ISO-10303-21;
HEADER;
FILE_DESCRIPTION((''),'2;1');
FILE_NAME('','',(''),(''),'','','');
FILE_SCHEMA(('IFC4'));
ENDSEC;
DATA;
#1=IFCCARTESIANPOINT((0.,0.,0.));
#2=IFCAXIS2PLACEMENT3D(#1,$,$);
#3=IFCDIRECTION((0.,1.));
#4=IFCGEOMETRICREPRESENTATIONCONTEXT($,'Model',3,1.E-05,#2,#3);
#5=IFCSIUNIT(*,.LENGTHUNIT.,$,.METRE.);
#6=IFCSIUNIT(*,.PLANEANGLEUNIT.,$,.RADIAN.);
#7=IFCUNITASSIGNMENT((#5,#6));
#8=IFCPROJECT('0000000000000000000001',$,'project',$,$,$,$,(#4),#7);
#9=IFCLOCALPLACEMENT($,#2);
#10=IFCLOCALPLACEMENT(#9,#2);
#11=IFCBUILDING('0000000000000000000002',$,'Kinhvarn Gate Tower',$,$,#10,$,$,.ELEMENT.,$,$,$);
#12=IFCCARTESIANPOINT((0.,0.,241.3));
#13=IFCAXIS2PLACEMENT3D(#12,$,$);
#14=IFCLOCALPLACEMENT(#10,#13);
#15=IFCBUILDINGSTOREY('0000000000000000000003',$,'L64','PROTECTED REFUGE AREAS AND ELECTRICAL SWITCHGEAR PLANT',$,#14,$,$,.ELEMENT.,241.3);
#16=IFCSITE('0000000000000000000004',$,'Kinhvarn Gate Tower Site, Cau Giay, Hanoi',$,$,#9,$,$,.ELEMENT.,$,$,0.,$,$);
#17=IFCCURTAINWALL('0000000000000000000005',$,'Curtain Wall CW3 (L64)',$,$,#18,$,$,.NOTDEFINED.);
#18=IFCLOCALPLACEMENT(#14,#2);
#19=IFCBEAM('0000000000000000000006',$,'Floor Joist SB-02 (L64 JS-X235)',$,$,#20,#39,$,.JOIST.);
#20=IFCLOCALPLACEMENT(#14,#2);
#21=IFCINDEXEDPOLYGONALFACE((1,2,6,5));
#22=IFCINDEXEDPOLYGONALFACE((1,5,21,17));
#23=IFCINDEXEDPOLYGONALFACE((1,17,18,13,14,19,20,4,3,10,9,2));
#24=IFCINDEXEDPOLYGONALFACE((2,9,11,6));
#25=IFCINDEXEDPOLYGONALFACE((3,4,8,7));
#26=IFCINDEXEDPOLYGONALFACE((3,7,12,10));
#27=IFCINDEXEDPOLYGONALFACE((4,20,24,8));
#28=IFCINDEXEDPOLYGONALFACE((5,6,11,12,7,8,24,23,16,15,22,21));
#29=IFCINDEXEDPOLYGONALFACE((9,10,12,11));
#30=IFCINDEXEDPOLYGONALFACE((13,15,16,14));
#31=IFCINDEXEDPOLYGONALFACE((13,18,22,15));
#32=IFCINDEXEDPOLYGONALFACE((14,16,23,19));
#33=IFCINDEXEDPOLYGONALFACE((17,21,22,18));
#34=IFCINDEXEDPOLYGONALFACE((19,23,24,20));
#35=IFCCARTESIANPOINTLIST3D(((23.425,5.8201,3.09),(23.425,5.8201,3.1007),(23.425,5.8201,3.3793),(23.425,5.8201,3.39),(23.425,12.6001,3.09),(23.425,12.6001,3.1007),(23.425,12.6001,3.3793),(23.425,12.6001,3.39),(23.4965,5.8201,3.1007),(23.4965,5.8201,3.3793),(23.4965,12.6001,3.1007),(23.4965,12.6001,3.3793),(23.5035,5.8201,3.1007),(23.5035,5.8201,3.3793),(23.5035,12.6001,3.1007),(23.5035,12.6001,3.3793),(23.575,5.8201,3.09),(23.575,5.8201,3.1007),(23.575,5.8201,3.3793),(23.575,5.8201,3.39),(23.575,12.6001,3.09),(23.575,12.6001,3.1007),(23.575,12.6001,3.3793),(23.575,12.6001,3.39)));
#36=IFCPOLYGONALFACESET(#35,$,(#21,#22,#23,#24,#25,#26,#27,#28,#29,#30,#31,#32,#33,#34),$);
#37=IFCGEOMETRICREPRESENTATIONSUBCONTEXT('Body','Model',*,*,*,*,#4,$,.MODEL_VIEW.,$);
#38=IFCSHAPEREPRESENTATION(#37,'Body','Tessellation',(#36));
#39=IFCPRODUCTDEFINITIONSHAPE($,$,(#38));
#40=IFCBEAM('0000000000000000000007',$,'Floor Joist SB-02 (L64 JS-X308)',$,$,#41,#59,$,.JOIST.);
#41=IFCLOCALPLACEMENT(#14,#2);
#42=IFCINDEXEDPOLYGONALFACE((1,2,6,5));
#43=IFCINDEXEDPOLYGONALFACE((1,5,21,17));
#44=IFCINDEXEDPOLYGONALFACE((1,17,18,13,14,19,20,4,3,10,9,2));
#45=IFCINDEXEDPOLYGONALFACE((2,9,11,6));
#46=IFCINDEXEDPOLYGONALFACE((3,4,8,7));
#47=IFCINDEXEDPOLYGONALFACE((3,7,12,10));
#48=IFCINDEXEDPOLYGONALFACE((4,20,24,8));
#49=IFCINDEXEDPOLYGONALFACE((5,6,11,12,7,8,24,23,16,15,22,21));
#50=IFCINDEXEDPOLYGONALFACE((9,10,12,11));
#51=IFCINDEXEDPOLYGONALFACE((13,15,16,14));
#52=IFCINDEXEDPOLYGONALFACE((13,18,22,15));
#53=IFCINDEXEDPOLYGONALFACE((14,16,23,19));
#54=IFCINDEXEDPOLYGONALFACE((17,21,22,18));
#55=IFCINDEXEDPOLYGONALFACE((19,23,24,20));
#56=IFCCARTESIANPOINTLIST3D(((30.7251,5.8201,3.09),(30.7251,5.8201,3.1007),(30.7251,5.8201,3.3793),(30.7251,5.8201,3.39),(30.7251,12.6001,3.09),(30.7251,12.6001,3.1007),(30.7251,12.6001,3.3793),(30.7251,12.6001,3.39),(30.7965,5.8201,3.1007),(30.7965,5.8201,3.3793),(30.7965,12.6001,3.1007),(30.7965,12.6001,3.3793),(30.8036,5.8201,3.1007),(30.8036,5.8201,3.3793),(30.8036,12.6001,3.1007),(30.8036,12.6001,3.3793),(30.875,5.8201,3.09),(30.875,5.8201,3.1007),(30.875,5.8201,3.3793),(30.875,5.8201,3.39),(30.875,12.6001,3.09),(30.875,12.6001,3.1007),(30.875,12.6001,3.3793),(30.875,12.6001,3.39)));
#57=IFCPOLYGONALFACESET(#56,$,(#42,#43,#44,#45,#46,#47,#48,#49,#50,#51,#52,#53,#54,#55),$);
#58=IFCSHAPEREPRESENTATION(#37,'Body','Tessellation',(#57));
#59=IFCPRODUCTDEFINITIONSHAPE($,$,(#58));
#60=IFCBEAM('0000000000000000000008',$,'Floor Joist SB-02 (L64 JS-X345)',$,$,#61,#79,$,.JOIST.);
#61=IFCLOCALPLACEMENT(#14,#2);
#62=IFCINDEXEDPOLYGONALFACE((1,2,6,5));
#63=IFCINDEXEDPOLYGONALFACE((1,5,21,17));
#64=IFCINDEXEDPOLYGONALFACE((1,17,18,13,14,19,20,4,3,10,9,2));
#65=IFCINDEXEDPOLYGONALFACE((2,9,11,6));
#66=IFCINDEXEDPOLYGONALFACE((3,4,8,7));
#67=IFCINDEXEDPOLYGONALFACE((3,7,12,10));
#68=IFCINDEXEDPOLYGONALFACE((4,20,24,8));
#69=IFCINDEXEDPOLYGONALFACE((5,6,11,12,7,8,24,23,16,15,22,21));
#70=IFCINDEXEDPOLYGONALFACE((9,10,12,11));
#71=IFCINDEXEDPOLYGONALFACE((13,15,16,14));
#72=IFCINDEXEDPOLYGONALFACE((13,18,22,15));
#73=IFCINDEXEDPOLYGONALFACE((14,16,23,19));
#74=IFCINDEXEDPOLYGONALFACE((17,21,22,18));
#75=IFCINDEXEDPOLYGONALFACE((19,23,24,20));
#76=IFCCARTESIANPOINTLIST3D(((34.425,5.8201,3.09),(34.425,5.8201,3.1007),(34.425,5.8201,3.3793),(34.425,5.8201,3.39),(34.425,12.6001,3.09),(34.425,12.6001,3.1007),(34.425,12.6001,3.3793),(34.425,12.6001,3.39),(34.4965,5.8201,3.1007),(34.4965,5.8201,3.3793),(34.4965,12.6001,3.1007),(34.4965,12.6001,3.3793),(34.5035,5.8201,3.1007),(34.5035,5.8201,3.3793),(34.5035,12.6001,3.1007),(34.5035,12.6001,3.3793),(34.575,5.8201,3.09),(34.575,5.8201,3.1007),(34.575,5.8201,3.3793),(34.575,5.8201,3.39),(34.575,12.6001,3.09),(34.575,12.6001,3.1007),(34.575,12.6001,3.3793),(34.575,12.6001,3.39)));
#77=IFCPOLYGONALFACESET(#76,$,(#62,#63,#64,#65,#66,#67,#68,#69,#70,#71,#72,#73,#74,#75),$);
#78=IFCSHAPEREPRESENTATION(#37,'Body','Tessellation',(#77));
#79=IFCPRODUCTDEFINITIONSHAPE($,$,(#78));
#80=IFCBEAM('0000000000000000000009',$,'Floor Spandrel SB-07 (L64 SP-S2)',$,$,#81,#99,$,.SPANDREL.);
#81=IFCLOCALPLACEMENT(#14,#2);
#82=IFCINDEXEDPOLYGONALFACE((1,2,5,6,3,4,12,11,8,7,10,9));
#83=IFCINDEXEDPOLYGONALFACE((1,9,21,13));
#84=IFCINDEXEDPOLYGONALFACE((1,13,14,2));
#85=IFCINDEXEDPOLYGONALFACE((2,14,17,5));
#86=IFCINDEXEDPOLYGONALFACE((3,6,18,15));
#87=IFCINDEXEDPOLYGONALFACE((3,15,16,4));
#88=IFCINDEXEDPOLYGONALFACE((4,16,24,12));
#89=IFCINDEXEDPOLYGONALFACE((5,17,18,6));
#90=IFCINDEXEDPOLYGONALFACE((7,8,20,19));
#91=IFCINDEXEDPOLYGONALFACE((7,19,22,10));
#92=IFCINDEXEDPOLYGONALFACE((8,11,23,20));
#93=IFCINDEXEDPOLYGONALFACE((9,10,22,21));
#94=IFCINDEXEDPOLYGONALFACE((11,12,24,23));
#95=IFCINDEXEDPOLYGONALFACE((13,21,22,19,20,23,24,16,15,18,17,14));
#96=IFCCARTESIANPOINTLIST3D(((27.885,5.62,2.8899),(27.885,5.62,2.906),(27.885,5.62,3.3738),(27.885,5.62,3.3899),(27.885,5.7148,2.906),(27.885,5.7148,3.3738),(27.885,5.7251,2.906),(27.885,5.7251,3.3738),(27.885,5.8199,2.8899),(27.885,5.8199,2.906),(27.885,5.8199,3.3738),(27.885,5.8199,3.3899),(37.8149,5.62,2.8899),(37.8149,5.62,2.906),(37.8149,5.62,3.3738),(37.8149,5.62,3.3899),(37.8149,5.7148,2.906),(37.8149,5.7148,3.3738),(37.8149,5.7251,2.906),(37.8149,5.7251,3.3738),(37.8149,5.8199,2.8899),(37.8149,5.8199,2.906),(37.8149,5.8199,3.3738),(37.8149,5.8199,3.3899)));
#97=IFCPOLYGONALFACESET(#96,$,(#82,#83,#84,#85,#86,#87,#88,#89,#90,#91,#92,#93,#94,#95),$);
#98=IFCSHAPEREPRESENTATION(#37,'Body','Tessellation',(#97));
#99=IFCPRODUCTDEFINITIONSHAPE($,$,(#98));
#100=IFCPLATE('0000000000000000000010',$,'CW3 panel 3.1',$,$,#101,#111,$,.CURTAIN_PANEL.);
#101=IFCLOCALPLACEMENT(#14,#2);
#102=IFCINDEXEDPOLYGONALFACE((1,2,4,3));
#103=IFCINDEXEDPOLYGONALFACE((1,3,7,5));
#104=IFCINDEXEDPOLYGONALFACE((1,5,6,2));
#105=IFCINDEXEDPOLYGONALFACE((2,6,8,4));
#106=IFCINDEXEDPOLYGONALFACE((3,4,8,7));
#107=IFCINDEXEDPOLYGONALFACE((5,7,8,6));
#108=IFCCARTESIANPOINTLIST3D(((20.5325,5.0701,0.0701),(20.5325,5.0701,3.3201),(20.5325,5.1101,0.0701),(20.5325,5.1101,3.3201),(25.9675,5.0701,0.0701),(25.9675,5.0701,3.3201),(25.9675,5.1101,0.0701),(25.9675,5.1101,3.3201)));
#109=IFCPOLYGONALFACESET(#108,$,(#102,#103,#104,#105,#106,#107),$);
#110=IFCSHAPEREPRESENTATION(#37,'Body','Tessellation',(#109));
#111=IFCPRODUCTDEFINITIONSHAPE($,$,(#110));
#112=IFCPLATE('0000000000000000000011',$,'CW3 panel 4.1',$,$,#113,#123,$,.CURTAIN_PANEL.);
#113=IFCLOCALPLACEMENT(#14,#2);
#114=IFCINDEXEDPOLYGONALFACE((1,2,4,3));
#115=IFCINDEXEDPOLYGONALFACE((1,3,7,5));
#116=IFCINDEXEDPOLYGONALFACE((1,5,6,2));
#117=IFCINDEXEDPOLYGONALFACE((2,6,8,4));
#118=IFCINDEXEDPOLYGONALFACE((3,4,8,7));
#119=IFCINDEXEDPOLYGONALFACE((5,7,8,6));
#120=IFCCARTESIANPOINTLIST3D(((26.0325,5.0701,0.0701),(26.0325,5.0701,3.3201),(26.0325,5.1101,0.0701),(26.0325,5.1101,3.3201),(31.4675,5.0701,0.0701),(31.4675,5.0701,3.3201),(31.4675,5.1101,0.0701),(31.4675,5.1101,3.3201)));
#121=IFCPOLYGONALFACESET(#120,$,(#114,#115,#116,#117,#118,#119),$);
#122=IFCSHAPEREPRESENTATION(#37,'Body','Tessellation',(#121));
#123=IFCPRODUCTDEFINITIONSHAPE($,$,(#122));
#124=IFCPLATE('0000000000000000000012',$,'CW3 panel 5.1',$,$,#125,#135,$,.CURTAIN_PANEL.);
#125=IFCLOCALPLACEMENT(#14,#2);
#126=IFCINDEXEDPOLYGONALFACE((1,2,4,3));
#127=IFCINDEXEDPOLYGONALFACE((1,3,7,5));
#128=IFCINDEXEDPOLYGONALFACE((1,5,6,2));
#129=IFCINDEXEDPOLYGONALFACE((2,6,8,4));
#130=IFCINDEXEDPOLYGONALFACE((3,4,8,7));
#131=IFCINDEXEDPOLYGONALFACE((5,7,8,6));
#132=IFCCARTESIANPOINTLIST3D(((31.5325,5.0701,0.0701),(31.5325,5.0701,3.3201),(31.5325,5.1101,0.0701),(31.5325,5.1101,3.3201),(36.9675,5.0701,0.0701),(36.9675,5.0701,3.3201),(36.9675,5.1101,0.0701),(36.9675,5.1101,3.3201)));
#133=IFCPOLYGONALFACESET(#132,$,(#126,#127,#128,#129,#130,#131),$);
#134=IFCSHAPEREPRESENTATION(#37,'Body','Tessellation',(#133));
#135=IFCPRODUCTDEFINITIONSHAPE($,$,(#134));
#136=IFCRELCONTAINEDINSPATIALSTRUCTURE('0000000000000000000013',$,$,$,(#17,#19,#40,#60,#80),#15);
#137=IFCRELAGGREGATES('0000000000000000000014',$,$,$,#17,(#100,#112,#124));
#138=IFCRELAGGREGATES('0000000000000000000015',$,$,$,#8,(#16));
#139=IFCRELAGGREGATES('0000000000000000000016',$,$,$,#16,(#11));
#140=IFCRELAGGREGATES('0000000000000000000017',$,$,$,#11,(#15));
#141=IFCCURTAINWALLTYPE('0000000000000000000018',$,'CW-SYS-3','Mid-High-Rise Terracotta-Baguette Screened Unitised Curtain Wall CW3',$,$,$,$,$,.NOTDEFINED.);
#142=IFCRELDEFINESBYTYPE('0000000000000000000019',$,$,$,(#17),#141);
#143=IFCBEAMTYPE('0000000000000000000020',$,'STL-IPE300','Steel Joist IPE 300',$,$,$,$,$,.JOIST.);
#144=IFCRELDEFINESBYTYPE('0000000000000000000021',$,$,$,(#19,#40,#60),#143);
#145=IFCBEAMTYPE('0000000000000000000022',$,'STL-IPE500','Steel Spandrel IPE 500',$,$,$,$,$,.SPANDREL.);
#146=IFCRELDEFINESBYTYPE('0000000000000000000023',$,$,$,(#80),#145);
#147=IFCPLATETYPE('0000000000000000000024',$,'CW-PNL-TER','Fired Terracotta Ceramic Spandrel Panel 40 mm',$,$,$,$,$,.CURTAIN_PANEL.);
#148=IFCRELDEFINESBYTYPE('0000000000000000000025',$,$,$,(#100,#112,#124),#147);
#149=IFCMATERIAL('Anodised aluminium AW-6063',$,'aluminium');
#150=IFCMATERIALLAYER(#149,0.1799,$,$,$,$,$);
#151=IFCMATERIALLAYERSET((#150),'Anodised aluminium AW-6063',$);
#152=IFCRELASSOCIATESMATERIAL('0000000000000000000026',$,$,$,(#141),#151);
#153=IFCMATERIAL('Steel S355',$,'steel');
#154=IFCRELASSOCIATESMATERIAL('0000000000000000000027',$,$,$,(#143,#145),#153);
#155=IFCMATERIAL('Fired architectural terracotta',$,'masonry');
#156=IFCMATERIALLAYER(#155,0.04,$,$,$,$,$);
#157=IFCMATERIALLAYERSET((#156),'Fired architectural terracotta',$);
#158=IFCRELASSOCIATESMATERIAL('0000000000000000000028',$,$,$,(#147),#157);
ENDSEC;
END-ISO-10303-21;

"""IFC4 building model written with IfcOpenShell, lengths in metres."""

from ifc_helpers import new_model, si_unit, direction, frame, origin, origin_2d, place, context, subcontext, project, spatial, rectangle, i_section, extrude, material, layer, layer_set, material_profile, profile_set, type_object, element, aggregate, save


model = new_model("IFC4")

# Units and contexts
model_context = context("Model", 3, precision=1e-05, world=origin(), true_north=direction((0.0, 1.0)))
body_context = subcontext(model_context, "Body", "Model", "MODEL_VIEW")
ifc_project = project(units=[si_unit("LENGTHUNIT", "METRE"), si_unit("PLANEANGLEUNIT", "RADIAN")], contexts=[model_context])

# Site, building, storey
site_placement = place(None, origin())
site = spatial("IfcSite", under=ifc_project, at=site_placement, Name="Kinhvarn Gate Tower Site, Cau Giay, Hanoi", CompositionType="ELEMENT", RefElevation=0.0)
building_placement = place(site_placement, origin())
building = spatial("IfcBuilding", under=site, at=building_placement, Name="Kinhvarn Gate Tower", CompositionType="ELEMENT")
storey_placement = place(building_placement, frame((0.0, 0.0, 241.3)))
storey = spatial("IfcBuildingStorey", under=building, at=storey_placement, Name="L64", Description="PROTECTED REFUGE AREAS AND ELECTRICAL SWITCHGEAR PLANT", CompositionType="ELEMENT", Elevation=241.3)

# Curtain wall
ifc_material_1 = material(Name="Anodised aluminium AW-6063", Category="aluminium")
ifc_layer_1 = layer(ifc_material_1, 0.1799)
ifc_layer_set_1 = layer_set([ifc_layer_1], Name="Anodised aluminium AW-6063")
curtain_wall_type = type_object("IfcCurtainWallType", Name="CW-SYS-3", Description="Mid-High-Rise Terracotta-Baguette Screened Unitised Curtain Wall CW3", PredefinedType="NOTDEFINED", material=ifc_layer_set_1)
curtain_wall_placement = place(storey_placement, origin())
curtain_wall = element("IfcCurtainWall", 1, at=curtain_wall_placement, inside=storey, type_object=curtain_wall_type, Name="Curtain Wall CW3 (L64)", PredefinedType="NOTDEFINED")

# Shared definitions
ifc_material_2 = material(Name="Steel S355", Category="steel")

# Beams
ifc_material_profile_1 = material_profile(ifc_material_2, i_section(OverallWidth=0.1499, OverallDepth=0.3, WebThickness=0.0071, FlangeThickness=0.0107, at=origin_2d()), Name="IPE 300")
ifc_profile_set_1 = profile_set([ifc_material_profile_1], Name="Steel S355")
beam_type_1 = type_object("IfcBeamType", Name="STL-IPE300", Description="Steel Joist IPE 300", PredefinedType="JOIST", material=ifc_profile_set_1)
for number, where, z_axis, x_axis, name in (
    (2, (23.5, 5.8201, 3.24), (0.0, 1.0, 0.0), (-1.0, 0.0, 0.0), "Floor Joist SB-02 (L64 JS-X235)"),
    (3, (30.8, 5.8201, 3.24), (0.0, 1.0, 0.0), (-1.0, 0.0, 0.0), "Floor Joist SB-02 (L64 JS-X308)"),
    (4, (34.5, 5.8201, 3.24), (0.0, 1.0, 0.0), (-1.0, 0.0, 0.0), "Floor Joist SB-02 (L64 JS-X345)"),
):
    element("IfcBeam", number, at=place(storey_placement, frame(where, z_axis=z_axis, x_axis=x_axis)), inside=storey, type_object=beam_type_1, Name=name, PredefinedType="JOIST", context=body_context, shape_type="SweptSolid", body=[
        extrude(i_section(OverallWidth=0.1499, OverallDepth=0.3, WebThickness=0.0071, FlangeThickness=0.0107, at=origin_2d()), origin(), (0.0, 0.0, 1.0), 6.78),
    ])
ifc_material_profile_2 = material_profile(ifc_material_2, i_section(OverallWidth=0.2, OverallDepth=0.5, WebThickness=0.0103, FlangeThickness=0.0161, at=origin_2d()), Name="IPE 500")
ifc_profile_set_2 = profile_set([ifc_material_profile_2], Name="Steel S355")
beam_type_2 = type_object("IfcBeamType", Name="STL-IPE500", Description="Steel Spandrel IPE 500", PredefinedType="SPANDREL", material=ifc_profile_set_2)
beam_1_placement = place(storey_placement, frame((27.885, 5.72, 3.1399), z_axis=(1.0, 0.0, 0.0), x_axis=(0.0, 1.0, 0.0)))
element("IfcBeam", 5, at=beam_1_placement, inside=storey, type_object=beam_type_2, Name="Floor Spandrel SB-07 (L64 SP-S2)", PredefinedType="SPANDREL", context=body_context, shape_type="SweptSolid", body=[
    extrude(i_section(OverallWidth=0.2, OverallDepth=0.5, WebThickness=0.0103, FlangeThickness=0.0161, at=origin_2d()), origin(), (0.0, 0.0, 1.0), 9.9299),
])

# Plates
ifc_material_3 = material(Name="Fired architectural terracotta", Category="masonry")
ifc_layer_2 = layer(ifc_material_3, 0.04)
ifc_layer_set_2 = layer_set([ifc_layer_2], Name="Fired architectural terracotta")
plate_type = type_object("IfcPlateType", Name="CW-PNL-TER", Description="Fired Terracotta Ceramic Spandrel Panel 40 mm", PredefinedType="CURTAIN_PANEL", material=ifc_layer_set_2)
plate_1_placement = place(storey_placement, frame((23.25, 5.0901, 0.0701), z_axis=(0.0, 0.0, 1.0), x_axis=(1.0, 0.0, 0.0)))
plate_1 = element("IfcPlate", 6, at=plate_1_placement, type_object=plate_type, Name="CW3 panel 3.1", PredefinedType="CURTAIN_PANEL", context=body_context, shape_type="SweptSolid", body=[
    extrude(rectangle(XDim=5.4351, YDim=0.04, at=origin_2d()), origin(), (0.0, 0.0, 1.0), 3.25),
])
plate_2_placement = place(storey_placement, frame((28.75, 5.0901, 0.0701), z_axis=(0.0, 0.0, 1.0), x_axis=(1.0, 0.0, 0.0)))
plate_2 = element("IfcPlate", 7, at=plate_2_placement, type_object=plate_type, Name="CW3 panel 4.1", PredefinedType="CURTAIN_PANEL", context=body_context, shape_type="SweptSolid", body=[
    extrude(rectangle(XDim=5.4351, YDim=0.04, at=origin_2d()), origin(), (0.0, 0.0, 1.0), 3.25),
])
plate_3_placement = place(storey_placement, frame((34.25, 5.0901, 0.0701), z_axis=(0.0, 0.0, 1.0), x_axis=(1.0, 0.0, 0.0)))
plate_3 = element("IfcPlate", 8, at=plate_3_placement, type_object=plate_type, Name="CW3 panel 5.1", PredefinedType="CURTAIN_PANEL", context=body_context, shape_type="SweptSolid", body=[
    extrude(rectangle(XDim=5.4351, YDim=0.04, at=origin_2d()), origin(), (0.0, 0.0, 1.0), 3.25),
])
aggregate(curtain_wall, [plate_1, plate_2, plate_3])

save(model, "model.ifc")
